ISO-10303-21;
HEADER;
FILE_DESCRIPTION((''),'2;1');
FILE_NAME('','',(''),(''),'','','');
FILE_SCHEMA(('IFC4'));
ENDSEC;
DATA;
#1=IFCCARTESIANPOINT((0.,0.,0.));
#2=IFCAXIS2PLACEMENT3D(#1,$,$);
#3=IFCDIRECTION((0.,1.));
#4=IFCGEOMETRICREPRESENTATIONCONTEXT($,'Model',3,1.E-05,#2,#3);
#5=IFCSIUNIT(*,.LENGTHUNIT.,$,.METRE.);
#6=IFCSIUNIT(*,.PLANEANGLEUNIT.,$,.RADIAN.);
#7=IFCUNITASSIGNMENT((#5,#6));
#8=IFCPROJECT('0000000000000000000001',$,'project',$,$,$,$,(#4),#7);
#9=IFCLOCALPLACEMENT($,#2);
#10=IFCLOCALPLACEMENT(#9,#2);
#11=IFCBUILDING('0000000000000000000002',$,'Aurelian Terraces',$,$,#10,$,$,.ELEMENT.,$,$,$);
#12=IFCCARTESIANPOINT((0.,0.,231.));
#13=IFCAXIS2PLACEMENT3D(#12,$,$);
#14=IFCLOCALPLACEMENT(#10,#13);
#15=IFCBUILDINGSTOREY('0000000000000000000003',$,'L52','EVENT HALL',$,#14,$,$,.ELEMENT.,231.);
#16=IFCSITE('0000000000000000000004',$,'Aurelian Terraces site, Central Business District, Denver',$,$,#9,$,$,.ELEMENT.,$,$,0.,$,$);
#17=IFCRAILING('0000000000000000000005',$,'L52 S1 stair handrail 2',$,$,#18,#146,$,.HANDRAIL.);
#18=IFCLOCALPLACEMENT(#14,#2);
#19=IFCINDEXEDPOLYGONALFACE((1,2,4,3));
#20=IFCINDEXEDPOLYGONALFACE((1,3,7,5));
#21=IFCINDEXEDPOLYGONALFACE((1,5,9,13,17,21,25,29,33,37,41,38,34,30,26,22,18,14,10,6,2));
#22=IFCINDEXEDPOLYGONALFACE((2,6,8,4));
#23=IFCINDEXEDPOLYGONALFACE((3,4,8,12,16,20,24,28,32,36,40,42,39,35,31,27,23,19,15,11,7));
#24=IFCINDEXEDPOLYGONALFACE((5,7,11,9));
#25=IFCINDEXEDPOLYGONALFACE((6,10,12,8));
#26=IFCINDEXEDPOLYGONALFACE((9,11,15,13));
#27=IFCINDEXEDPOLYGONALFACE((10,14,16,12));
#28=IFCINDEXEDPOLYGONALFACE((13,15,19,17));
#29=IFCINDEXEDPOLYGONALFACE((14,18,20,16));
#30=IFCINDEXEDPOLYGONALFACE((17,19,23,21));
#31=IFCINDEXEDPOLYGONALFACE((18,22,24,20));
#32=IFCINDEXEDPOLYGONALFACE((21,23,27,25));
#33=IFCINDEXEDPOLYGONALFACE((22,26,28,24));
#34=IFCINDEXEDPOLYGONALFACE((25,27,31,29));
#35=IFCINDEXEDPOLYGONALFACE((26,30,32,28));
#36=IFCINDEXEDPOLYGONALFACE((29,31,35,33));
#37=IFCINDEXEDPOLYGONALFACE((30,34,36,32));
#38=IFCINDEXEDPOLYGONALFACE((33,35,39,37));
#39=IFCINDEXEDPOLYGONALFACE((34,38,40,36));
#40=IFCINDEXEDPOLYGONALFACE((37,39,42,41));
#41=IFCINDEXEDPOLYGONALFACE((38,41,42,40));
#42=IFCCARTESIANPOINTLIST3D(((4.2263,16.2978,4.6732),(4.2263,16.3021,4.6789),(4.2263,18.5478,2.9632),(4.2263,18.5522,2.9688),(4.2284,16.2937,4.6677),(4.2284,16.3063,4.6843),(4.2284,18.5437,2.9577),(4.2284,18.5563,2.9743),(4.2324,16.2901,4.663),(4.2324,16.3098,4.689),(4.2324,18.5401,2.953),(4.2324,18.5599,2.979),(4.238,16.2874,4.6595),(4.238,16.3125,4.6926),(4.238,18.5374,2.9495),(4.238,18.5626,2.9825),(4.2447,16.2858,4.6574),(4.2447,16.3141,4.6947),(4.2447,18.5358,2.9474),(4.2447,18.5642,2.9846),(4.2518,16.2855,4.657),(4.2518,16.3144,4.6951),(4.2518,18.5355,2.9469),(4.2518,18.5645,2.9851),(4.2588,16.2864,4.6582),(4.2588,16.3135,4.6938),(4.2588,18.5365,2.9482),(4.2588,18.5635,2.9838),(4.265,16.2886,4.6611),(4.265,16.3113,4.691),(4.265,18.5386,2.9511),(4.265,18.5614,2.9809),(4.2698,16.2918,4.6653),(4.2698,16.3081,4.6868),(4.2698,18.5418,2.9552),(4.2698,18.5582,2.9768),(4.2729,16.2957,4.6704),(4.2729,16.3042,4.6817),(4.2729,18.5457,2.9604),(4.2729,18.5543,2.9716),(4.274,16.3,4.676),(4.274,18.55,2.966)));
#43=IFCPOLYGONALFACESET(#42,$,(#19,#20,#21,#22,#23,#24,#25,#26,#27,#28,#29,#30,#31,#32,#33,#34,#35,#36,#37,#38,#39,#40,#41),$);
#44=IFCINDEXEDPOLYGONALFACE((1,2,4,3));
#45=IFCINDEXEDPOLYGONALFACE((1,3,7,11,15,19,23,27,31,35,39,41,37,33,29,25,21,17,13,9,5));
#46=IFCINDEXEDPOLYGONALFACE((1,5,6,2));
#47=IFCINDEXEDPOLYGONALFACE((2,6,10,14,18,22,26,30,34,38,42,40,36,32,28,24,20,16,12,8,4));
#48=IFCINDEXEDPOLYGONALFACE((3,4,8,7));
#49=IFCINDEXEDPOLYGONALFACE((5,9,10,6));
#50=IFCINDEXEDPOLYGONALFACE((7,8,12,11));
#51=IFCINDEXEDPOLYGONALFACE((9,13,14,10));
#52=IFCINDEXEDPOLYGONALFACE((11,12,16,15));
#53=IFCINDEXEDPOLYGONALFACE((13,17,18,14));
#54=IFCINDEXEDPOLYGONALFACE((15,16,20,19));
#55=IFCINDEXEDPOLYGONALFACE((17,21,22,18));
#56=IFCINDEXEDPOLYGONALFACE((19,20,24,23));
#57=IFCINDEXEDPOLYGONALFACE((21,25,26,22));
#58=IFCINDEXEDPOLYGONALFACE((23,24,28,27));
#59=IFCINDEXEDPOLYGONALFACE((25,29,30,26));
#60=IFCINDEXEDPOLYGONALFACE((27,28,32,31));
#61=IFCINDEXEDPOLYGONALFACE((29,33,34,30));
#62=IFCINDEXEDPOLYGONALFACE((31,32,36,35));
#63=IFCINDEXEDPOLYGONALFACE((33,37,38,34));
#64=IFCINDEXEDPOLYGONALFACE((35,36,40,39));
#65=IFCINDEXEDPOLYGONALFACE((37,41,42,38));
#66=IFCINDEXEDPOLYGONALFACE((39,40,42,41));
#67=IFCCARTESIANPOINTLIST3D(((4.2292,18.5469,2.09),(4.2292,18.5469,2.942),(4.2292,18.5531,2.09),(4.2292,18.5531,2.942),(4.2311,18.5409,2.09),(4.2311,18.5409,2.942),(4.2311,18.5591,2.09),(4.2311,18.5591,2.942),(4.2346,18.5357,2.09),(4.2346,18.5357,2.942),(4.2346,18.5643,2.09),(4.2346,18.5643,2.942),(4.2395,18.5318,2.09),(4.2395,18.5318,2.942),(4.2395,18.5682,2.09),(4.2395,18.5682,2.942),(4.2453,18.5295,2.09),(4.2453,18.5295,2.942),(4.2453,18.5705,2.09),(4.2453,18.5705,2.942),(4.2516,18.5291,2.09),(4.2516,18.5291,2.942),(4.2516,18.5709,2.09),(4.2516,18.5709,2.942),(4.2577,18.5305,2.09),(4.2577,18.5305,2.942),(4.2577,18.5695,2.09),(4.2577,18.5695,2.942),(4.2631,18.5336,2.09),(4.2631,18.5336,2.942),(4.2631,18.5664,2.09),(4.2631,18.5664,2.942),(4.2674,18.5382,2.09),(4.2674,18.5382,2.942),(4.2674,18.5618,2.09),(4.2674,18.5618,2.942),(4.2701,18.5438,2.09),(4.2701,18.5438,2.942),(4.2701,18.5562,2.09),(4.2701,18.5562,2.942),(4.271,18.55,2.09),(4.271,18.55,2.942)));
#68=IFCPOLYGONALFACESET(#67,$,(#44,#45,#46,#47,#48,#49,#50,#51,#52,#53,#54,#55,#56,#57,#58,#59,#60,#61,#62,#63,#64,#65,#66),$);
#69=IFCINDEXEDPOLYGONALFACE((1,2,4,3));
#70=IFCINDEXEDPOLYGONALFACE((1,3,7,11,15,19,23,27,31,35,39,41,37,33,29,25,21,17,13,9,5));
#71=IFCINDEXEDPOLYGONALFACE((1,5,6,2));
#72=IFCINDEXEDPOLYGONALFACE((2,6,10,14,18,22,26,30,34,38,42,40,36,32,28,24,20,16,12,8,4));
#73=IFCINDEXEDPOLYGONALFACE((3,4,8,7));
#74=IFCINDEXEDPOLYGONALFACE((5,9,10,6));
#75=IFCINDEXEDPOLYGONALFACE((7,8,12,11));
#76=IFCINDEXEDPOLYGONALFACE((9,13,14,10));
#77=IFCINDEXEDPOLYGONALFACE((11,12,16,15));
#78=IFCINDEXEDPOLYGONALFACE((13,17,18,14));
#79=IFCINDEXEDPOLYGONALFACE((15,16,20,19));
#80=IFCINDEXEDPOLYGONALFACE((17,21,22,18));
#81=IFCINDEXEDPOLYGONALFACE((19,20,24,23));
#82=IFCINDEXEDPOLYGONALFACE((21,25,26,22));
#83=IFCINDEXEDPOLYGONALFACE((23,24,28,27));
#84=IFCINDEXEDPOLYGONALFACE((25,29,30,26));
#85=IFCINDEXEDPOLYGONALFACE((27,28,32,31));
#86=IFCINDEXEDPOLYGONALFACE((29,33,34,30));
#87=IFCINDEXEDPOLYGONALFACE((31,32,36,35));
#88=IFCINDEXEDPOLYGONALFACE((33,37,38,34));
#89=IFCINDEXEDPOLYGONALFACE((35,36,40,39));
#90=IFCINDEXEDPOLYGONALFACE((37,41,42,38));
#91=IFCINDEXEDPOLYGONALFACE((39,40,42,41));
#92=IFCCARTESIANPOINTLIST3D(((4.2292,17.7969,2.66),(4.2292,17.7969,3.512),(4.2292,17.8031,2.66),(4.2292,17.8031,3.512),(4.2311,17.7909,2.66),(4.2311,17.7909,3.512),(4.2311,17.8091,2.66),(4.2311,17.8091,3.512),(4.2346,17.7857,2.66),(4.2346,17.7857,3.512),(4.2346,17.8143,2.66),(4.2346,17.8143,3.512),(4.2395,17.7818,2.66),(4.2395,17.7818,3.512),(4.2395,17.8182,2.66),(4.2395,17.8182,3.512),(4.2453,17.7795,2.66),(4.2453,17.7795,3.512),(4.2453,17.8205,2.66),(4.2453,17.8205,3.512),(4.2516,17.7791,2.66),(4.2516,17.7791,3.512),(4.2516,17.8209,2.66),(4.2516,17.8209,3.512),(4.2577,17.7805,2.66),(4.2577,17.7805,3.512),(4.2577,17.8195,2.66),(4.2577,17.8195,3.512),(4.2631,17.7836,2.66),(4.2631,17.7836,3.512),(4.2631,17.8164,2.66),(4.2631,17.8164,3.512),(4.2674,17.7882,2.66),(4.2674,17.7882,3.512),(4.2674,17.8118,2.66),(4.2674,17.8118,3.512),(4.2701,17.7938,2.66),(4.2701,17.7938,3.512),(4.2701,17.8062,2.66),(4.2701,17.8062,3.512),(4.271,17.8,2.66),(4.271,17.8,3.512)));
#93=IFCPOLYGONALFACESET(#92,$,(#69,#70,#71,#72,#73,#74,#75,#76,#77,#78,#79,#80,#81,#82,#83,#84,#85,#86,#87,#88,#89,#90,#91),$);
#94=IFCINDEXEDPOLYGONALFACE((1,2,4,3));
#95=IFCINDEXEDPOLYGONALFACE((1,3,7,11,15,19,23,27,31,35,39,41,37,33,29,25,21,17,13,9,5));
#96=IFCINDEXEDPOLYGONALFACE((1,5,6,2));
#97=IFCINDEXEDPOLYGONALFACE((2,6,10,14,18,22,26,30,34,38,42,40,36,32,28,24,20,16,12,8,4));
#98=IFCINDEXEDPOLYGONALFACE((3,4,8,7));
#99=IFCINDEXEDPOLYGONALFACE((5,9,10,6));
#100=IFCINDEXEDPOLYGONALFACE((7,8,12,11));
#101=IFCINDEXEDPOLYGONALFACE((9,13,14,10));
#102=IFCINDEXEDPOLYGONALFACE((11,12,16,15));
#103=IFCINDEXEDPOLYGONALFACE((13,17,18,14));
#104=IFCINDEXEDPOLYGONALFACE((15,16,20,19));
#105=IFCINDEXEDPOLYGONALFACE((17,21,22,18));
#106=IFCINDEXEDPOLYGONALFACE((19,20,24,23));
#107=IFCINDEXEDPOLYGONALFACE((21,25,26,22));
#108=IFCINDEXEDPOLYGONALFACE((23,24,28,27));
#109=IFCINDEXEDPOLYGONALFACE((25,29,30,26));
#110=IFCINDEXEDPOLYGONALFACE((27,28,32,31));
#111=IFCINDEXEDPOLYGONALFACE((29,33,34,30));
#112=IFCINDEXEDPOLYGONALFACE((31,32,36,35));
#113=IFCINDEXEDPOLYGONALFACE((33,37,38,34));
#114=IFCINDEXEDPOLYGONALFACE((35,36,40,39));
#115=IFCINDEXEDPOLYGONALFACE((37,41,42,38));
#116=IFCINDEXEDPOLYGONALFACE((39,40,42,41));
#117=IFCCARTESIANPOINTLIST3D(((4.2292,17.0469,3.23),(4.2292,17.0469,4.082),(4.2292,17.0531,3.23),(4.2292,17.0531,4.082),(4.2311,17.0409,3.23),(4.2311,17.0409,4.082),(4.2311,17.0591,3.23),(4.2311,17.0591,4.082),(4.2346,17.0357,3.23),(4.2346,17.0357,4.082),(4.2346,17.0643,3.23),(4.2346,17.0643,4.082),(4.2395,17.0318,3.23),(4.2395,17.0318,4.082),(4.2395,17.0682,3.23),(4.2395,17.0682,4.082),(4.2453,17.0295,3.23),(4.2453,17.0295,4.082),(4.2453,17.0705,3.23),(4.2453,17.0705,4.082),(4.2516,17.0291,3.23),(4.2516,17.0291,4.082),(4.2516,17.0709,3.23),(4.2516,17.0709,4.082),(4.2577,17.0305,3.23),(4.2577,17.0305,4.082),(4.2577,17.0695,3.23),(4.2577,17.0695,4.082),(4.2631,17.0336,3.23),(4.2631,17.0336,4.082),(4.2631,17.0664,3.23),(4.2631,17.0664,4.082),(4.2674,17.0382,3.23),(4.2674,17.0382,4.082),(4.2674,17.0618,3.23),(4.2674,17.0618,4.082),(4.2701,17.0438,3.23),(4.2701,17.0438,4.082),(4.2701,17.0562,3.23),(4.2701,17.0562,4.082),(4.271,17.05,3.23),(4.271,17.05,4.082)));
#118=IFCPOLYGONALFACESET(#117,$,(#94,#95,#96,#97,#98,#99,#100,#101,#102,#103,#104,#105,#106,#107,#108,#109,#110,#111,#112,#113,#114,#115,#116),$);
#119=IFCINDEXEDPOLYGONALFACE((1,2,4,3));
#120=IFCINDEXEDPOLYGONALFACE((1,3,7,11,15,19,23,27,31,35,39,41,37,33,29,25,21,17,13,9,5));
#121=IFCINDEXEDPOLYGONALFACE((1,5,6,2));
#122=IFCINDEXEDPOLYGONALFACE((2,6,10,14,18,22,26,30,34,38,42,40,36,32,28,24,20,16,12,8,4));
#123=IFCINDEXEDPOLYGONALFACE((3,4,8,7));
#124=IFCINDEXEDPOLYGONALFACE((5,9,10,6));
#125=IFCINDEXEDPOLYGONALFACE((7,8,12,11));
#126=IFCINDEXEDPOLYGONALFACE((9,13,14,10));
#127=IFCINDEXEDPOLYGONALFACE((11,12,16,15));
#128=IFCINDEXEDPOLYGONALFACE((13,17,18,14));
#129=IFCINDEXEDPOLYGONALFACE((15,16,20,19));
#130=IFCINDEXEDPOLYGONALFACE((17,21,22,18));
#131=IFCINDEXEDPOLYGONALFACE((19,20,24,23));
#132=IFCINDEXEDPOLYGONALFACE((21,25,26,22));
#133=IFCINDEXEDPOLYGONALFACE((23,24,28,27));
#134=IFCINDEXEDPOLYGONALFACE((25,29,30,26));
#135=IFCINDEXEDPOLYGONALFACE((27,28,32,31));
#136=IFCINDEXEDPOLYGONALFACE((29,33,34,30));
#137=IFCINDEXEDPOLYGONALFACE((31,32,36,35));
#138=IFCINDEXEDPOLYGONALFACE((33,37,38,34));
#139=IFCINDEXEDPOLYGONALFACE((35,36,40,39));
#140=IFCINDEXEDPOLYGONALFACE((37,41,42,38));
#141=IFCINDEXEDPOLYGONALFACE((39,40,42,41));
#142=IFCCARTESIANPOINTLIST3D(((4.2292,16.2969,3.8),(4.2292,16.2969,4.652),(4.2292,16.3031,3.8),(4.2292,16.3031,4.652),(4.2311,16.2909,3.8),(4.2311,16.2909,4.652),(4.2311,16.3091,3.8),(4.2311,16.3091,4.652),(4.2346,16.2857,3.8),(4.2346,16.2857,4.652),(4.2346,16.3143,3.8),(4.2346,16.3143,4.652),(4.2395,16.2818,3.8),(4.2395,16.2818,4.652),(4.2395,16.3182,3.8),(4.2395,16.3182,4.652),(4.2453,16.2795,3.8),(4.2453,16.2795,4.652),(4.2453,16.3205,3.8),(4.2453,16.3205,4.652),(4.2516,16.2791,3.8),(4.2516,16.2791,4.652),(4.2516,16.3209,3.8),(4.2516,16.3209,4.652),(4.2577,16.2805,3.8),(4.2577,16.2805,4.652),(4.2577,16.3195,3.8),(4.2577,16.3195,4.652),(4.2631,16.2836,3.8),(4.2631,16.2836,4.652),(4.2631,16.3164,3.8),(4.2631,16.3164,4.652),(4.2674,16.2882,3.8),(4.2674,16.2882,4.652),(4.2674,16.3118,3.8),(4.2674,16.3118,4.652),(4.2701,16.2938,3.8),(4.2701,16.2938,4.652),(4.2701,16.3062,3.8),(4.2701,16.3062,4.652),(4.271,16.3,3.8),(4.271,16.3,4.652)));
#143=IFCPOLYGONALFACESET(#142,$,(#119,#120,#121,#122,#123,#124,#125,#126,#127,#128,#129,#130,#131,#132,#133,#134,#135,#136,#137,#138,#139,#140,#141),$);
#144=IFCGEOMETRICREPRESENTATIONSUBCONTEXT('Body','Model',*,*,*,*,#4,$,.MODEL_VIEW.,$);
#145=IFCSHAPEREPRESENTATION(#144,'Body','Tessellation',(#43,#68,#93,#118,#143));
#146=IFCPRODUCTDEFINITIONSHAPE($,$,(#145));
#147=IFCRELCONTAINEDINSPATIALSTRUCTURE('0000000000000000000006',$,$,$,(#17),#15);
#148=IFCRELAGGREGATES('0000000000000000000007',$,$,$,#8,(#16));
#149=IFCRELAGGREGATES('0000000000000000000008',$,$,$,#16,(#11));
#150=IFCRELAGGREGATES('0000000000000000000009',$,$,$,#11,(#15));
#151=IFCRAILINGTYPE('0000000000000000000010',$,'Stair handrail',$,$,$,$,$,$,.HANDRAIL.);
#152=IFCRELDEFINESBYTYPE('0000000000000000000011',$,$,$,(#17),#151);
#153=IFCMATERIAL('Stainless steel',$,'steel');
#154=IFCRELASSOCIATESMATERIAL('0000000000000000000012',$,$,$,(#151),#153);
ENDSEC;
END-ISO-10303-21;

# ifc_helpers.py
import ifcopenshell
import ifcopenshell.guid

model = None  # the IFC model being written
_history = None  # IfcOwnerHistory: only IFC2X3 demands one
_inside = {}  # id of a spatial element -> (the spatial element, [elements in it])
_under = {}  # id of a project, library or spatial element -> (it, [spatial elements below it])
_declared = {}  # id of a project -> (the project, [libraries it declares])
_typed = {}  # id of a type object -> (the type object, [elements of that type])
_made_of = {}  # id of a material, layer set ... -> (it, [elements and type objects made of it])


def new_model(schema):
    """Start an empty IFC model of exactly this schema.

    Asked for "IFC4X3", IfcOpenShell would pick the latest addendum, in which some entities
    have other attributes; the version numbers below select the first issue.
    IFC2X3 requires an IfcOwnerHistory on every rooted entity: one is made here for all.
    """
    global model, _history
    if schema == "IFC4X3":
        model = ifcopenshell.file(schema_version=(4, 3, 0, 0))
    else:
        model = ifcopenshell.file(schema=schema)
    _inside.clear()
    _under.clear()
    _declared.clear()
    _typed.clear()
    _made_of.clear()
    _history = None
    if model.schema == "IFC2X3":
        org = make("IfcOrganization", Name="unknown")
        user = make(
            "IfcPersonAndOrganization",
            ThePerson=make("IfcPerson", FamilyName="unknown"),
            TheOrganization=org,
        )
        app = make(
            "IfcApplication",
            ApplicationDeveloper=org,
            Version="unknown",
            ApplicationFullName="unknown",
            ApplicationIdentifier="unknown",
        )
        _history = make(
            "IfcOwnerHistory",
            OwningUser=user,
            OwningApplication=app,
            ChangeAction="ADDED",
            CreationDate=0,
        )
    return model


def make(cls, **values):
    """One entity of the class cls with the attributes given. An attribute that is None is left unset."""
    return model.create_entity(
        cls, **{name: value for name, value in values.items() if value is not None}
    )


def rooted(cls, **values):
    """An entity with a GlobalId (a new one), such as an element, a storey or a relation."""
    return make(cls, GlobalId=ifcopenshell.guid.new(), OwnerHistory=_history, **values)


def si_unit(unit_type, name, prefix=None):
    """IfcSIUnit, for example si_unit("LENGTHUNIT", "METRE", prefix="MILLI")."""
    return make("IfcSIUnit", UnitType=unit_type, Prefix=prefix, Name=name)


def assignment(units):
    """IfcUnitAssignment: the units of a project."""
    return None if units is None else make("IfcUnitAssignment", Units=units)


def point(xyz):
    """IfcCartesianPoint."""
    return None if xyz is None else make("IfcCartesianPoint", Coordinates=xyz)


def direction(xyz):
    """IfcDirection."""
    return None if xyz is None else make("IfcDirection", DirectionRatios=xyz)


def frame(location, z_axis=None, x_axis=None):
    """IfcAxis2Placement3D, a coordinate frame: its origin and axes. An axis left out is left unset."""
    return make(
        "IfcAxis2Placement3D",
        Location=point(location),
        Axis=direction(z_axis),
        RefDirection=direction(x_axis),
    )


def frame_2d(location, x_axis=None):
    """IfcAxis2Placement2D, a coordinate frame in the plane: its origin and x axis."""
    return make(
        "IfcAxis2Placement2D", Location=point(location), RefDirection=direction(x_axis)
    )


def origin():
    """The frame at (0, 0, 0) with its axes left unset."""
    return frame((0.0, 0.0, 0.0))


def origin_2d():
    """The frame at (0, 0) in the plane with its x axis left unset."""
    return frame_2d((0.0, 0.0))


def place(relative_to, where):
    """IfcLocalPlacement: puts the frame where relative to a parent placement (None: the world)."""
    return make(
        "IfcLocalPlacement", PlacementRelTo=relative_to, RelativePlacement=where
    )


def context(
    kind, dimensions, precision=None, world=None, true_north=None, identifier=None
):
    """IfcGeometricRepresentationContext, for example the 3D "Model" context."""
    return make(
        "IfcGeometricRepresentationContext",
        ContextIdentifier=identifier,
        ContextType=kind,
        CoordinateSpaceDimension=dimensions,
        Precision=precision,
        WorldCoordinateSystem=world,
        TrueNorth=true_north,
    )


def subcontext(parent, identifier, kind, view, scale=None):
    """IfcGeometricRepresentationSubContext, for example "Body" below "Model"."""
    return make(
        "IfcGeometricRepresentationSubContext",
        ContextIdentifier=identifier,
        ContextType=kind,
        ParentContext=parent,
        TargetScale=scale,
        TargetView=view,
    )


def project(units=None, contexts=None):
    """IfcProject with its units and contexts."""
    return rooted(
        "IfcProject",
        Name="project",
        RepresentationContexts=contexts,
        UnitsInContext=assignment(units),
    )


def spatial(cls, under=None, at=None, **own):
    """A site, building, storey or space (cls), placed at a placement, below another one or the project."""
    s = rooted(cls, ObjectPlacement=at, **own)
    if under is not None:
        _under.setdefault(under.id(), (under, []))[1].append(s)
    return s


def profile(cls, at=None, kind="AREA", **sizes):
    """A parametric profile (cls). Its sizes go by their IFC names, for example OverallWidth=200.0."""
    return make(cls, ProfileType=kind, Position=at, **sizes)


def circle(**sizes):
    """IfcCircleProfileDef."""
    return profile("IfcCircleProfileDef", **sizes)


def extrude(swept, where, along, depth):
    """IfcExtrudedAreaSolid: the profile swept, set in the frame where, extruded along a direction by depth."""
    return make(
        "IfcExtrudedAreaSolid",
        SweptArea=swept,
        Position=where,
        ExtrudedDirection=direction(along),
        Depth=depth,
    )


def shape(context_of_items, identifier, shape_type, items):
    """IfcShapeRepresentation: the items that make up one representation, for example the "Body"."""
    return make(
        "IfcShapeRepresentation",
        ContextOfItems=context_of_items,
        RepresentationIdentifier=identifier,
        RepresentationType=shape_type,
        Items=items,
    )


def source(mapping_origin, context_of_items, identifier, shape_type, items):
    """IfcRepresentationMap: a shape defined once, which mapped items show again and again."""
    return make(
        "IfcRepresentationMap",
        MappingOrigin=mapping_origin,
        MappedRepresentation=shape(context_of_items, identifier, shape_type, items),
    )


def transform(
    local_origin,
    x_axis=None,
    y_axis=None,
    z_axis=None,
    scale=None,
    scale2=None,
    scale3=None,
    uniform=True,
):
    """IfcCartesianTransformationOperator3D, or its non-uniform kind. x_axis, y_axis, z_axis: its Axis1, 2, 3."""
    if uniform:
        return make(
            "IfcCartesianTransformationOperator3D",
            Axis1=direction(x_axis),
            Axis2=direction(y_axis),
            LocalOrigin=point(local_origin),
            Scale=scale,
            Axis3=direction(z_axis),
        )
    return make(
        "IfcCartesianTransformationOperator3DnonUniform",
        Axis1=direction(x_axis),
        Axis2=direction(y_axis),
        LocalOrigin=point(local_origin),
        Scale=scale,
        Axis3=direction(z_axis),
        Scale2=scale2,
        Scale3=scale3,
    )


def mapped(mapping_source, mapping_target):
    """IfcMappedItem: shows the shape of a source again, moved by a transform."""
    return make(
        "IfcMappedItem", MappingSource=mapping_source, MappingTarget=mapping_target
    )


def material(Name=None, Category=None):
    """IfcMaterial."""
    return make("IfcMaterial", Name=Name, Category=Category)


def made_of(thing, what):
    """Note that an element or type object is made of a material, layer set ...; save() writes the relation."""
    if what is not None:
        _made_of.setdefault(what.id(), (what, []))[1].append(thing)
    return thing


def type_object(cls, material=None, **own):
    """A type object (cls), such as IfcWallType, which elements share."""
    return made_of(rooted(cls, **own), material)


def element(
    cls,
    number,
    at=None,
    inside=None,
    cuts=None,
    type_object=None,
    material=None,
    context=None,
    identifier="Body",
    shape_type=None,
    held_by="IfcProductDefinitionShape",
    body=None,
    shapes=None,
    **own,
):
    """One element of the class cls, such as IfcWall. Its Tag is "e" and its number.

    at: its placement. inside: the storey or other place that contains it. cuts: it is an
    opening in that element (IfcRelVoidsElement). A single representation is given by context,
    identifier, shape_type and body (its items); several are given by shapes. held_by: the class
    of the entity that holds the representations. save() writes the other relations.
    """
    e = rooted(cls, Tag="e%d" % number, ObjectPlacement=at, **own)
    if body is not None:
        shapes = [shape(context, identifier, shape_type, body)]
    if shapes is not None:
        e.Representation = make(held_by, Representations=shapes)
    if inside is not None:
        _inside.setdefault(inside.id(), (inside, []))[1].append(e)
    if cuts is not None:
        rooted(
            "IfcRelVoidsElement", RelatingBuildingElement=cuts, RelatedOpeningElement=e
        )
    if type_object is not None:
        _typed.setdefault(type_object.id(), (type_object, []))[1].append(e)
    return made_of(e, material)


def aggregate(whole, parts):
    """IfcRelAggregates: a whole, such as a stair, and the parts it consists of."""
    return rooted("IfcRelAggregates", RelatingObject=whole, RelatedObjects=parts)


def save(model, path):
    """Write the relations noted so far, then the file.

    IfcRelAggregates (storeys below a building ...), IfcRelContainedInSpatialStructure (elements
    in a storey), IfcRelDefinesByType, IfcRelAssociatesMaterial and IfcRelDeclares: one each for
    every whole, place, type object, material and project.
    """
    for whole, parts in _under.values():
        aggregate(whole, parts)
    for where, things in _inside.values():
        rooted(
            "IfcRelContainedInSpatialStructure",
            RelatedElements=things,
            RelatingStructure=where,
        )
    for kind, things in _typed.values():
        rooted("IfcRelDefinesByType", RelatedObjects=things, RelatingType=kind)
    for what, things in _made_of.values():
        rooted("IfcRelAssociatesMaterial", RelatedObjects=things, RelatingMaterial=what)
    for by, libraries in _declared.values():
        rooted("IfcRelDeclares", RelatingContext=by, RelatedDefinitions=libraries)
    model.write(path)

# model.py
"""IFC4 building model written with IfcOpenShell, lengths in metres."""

from ifc_helpers import new_model, si_unit, direction, frame, origin, origin_2d, place, context, subcontext, project, spatial, circle, extrude, source, transform, mapped, material, type_object, element, save


model = new_model("IFC4")

# Units and contexts
model_context = context("Model", 3, precision=1e-05, world=origin(), true_north=direction((0.0, 1.0)))
body_context = subcontext(model_context, "Body", "Model", "MODEL_VIEW")
ifc_project = project(units=[si_unit("LENGTHUNIT", "METRE"), si_unit("PLANEANGLEUNIT", "RADIAN")], contexts=[model_context])

# Site, building, storey
site_placement = place(None, origin())
site = spatial("IfcSite", under=ifc_project, at=site_placement, Name="Aurelian Terraces site, Central Business District, Denver", CompositionType="ELEMENT", RefElevation=0.0)
building_placement = place(site_placement, origin())
building = spatial("IfcBuilding", under=site, at=building_placement, Name="Aurelian Terraces", CompositionType="ELEMENT")
storey_placement = place(building_placement, frame((0.0, 0.0, 231.0)))
storey = spatial("IfcBuildingStorey", under=building, at=storey_placement, Name="L52", Description="EVENT HALL", CompositionType="ELEMENT", Elevation=231.0)

# Railing
ifc_material_1 = material(Name="Stainless steel", Category="steel")
railing_type_1 = type_object("IfcRailingType", Name="Stair handrail", PredefinedType="HANDRAIL", material=ifc_material_1)
shared_shape_1 = source(origin(), body_context, "Body", "SweptSolid", [
    extrude(circle(Radius=0.024, at=origin_2d()), frame((0.0, 0.0, 0.876), z_axis=(0.0, -0.796162, 0.605083), x_axis=(1.0, 0.0, 0.0)), (0.0, 0.0, 1.0), 2.8261),
    extrude(circle(Radius=0.021, at=origin_2d()), origin(), (0.0, 0.0, 1.0), 0.852),
    extrude(circle(Radius=0.021, at=origin_2d()), frame((0.0, -0.75, 0.57)), (0.0, 0.0, 1.0), 0.852),
    extrude(circle(Radius=0.021, at=origin_2d()), frame((0.0, -1.5, 1.14)), (0.0, 0.0, 1.0), 0.852),
    extrude(circle(Radius=0.021, at=origin_2d()), frame((0.0, -2.25, 1.71)), (0.0, 0.0, 1.0), 0.852),
])
railing_1_placement = place(storey_placement, frame((4.25, 18.55, 2.09)))
element("IfcRailing", 1, at=railing_1_placement, inside=storey, type_object=railing_type_1, Name="L52 S1 stair handrail 2", PredefinedType="HANDRAIL", context=body_context, shape_type="MappedRepresentation", body=[
    mapped(shared_shape_1, transform((0.0, 0.0, 0.0), scale=1.0)),
])

save(model, "model.ifc")
